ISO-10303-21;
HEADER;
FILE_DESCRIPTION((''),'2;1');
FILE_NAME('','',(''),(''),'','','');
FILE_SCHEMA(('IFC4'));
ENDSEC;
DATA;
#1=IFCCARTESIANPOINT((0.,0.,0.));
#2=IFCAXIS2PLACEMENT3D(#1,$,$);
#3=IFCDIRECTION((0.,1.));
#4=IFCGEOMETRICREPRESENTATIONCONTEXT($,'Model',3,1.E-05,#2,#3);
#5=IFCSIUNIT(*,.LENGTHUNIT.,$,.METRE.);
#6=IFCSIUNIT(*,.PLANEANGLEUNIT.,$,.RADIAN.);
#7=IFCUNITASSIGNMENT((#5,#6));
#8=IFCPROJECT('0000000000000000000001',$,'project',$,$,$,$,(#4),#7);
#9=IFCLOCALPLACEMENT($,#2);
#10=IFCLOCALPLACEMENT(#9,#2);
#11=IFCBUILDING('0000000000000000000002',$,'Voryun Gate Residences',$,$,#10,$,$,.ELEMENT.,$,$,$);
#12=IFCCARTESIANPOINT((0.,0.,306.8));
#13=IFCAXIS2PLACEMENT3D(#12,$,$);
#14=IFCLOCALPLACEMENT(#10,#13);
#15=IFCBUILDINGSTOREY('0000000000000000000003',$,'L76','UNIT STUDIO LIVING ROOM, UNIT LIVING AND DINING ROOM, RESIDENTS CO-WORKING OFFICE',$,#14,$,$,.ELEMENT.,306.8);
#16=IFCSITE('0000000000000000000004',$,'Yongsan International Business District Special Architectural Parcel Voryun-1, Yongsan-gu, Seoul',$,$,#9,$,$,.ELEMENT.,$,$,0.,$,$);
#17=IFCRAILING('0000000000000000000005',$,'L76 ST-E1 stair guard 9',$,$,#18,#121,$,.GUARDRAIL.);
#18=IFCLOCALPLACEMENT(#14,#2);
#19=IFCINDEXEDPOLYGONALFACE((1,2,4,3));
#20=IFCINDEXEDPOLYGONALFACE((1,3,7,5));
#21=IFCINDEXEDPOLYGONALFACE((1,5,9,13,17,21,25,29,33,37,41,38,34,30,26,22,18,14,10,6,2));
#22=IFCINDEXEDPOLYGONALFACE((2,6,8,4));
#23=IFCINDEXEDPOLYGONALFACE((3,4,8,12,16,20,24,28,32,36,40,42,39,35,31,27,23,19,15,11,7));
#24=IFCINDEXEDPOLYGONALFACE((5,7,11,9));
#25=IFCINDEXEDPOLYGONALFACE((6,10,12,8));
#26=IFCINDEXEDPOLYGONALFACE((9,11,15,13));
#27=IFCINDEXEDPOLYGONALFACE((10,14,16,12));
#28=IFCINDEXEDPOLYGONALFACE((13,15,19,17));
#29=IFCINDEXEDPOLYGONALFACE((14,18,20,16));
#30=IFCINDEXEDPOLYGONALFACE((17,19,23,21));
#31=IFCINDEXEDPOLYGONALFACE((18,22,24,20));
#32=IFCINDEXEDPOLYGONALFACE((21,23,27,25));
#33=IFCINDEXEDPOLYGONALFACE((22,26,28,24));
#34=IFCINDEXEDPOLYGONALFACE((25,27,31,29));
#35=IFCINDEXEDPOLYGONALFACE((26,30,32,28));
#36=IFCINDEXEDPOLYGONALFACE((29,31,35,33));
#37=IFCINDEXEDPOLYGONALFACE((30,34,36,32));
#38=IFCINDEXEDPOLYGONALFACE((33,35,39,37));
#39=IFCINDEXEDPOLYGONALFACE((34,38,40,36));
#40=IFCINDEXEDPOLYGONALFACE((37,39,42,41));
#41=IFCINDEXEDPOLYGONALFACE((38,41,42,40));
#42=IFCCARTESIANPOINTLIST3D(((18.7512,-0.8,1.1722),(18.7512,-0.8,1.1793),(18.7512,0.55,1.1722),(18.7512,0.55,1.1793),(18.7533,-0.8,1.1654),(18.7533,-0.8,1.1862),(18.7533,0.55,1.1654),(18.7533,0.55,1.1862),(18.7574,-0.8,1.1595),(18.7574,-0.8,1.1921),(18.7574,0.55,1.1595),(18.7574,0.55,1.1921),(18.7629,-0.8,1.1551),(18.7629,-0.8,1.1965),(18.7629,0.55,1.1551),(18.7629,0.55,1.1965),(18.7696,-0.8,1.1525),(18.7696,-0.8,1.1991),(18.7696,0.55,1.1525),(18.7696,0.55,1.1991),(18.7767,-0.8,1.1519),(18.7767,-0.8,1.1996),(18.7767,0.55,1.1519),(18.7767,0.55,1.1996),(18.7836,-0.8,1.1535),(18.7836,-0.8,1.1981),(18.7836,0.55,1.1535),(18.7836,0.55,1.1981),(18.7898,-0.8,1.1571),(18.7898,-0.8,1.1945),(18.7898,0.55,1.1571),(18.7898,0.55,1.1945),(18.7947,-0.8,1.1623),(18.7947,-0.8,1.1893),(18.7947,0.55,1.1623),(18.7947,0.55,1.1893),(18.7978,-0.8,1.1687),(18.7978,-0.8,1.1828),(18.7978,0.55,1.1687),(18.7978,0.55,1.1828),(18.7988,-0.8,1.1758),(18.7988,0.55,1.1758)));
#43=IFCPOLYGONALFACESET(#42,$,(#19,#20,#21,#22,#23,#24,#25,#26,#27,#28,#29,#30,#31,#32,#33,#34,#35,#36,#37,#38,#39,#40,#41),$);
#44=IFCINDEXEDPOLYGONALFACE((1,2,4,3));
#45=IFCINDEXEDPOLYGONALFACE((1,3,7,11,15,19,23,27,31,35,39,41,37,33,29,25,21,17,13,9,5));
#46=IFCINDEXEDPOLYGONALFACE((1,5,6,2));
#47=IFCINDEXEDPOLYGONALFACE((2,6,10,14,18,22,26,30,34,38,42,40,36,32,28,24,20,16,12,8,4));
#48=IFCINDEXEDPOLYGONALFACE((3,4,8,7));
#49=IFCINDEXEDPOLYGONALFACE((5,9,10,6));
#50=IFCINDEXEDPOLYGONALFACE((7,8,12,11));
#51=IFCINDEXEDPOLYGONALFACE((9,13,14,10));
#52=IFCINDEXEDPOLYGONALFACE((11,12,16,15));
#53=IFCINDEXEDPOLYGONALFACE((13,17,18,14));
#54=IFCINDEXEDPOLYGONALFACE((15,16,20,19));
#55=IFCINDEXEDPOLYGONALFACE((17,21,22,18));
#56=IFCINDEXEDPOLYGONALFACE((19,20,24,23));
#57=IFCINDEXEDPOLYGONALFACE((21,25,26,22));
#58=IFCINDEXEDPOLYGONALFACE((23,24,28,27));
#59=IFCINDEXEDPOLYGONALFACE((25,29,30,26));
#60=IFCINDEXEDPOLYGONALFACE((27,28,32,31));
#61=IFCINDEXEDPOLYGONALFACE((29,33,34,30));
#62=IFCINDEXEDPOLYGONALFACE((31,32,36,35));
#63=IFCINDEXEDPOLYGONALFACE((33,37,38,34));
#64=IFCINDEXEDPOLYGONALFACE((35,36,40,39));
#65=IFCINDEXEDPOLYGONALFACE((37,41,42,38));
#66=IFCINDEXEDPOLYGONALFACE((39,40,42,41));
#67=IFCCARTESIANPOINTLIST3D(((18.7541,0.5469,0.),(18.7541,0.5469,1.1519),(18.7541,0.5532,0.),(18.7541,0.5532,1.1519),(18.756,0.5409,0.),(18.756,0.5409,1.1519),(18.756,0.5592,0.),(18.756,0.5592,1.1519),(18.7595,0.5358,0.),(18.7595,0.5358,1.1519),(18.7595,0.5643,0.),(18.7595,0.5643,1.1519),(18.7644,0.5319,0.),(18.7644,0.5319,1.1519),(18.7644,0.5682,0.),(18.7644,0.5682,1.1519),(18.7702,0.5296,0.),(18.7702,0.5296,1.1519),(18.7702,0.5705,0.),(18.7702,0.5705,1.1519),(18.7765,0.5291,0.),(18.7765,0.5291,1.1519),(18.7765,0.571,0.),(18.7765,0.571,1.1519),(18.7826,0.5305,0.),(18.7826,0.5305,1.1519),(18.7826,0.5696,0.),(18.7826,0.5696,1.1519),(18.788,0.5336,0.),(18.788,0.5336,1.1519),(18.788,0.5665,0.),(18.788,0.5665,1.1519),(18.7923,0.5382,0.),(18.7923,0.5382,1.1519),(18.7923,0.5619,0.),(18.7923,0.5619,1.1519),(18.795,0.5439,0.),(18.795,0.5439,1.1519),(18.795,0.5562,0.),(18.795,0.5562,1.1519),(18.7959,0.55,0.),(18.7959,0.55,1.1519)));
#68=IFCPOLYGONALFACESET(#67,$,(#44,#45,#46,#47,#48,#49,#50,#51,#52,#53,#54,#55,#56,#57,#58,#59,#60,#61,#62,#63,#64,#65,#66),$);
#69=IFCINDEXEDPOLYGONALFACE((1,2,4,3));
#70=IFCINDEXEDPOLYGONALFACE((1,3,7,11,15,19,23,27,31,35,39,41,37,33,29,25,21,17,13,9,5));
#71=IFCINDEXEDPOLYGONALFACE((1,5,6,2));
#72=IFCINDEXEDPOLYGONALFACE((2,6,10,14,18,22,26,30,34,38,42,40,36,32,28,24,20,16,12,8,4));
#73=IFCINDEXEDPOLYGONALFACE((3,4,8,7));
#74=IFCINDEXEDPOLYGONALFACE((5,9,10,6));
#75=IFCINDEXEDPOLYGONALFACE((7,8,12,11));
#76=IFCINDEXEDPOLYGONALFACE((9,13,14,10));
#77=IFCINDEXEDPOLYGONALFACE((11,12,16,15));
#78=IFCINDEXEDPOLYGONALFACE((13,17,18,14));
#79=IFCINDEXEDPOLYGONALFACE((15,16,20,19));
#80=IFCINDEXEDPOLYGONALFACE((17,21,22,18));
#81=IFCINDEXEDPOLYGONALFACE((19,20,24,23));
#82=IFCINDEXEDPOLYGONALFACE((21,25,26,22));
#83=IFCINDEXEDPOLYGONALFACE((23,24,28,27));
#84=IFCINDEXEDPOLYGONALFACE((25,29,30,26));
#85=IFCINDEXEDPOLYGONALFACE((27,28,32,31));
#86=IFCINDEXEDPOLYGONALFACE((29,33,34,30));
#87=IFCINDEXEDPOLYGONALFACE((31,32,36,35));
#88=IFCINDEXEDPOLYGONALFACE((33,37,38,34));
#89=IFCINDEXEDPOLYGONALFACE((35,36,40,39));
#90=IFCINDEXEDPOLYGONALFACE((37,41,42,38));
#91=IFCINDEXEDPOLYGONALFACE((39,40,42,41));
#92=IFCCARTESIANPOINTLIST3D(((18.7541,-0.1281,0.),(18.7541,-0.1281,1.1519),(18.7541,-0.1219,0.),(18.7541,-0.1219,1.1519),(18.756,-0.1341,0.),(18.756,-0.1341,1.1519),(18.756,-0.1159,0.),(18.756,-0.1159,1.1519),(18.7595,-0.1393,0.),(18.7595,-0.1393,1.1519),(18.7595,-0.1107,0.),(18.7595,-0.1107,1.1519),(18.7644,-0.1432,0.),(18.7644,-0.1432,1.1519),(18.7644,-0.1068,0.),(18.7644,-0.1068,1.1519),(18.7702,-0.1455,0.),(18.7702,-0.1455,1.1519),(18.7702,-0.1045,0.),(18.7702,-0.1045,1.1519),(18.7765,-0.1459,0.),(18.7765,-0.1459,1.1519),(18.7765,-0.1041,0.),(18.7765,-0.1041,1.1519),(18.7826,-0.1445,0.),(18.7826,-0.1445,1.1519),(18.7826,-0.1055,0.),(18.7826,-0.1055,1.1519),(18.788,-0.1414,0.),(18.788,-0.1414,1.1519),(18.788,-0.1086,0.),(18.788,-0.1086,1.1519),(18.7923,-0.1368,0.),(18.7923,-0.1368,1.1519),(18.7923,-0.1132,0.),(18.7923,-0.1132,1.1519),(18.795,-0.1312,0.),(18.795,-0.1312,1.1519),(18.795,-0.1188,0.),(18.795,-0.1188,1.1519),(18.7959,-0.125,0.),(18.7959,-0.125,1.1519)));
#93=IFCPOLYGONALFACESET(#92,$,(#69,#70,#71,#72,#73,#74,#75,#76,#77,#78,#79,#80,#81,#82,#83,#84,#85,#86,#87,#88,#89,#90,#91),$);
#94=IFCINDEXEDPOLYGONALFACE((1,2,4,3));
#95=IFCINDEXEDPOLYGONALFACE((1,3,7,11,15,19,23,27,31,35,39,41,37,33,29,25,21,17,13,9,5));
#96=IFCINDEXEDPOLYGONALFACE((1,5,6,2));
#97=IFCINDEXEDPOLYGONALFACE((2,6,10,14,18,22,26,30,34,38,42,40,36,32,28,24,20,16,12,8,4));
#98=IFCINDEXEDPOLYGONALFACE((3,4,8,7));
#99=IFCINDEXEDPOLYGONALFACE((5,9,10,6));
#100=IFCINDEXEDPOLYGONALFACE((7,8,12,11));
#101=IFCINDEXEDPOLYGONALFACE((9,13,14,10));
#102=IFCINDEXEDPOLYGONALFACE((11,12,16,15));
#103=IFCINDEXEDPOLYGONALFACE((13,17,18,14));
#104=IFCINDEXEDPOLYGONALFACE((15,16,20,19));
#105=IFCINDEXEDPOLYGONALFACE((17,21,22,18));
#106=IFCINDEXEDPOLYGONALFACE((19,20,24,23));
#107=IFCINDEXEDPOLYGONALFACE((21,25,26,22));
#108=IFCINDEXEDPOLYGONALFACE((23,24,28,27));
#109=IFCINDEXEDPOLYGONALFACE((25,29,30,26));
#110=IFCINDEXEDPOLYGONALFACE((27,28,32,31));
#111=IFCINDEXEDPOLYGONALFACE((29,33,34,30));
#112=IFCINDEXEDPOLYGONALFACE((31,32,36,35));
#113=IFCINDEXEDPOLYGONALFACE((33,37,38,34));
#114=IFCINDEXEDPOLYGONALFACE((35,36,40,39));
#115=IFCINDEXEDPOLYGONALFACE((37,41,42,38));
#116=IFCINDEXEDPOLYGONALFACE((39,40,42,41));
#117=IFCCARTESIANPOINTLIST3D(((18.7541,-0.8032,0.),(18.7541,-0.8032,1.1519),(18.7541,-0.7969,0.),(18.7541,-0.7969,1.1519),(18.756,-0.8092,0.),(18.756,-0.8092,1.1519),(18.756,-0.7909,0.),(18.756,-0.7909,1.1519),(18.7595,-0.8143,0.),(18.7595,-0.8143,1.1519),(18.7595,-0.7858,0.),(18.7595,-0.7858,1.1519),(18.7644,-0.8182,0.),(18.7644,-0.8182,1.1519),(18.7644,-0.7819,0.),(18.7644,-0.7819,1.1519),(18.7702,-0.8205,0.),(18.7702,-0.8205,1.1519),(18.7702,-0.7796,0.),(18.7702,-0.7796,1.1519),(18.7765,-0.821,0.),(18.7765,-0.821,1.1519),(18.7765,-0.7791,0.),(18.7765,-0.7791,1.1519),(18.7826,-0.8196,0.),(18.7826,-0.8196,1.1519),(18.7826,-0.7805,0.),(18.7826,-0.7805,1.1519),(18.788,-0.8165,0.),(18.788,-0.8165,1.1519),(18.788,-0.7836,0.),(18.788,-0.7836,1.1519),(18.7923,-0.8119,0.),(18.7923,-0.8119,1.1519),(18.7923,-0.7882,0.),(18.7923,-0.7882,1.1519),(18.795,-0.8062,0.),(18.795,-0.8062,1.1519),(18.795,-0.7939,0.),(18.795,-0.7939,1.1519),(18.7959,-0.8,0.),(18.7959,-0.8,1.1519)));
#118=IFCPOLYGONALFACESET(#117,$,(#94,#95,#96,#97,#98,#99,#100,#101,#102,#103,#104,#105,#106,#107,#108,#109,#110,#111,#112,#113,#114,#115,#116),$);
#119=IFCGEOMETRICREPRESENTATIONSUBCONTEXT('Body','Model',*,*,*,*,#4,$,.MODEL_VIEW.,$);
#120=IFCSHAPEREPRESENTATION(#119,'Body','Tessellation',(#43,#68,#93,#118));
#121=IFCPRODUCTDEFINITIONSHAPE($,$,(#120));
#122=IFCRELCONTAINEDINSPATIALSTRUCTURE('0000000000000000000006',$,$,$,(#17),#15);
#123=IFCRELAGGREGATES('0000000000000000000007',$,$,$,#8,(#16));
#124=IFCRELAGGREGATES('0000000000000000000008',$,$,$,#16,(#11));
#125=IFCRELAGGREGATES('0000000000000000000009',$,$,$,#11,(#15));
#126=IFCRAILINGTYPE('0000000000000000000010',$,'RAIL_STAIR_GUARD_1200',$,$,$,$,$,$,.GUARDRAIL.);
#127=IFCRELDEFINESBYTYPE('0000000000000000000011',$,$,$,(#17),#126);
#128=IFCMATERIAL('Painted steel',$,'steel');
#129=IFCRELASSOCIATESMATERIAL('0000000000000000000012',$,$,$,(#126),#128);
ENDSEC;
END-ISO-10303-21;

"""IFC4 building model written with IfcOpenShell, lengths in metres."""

from ifc_helpers import new_model, si_unit, direction, frame, origin, origin_2d, place, context, subcontext, project, spatial, circle, extrude, material, type_object, element, save


model = new_model("IFC4")

# Units and contexts
model_context = context("Model", 3, precision=1e-05, world=origin(), true_north=direction((0.0, 1.0)))
body_context = subcontext(model_context, "Body", "Model", "MODEL_VIEW")
ifc_project = project(units=[si_unit("LENGTHUNIT", "METRE"), si_unit("PLANEANGLEUNIT", "RADIAN")], contexts=[model_context])

# Site, building, storey
site_placement = place(None, origin())
site = spatial("IfcSite", under=ifc_project, at=site_placement, Name="Yongsan International Business District Special Architectural Parcel Voryun-1, Yongsan-gu, Seoul", CompositionType="ELEMENT", RefElevation=0.0)
building_placement = place(site_placement, origin())
building = spatial("IfcBuilding", under=site, at=building_placement, Name="Voryun Gate Residences", CompositionType="ELEMENT")
storey_placement = place(building_placement, frame((0.0, 0.0, 306.8)))
storey = spatial("IfcBuildingStorey", under=building, at=storey_placement, Name="L76", Description="UNIT STUDIO LIVING ROOM, UNIT LIVING AND DINING ROOM, RESIDENTS CO-WORKING OFFICE", CompositionType="ELEMENT", Elevation=306.8)

# Railing
ifc_material_1 = material(Name="Painted steel", Category="steel")
railing_type = type_object("IfcRailingType", Name="RAIL_STAIR_GUARD_1200", PredefinedType="GUARDRAIL", material=ifc_material_1)
for number, where, name in (
    (1, (18.7749, 0.55, 0.0), "L76 ST-E1 stair guard 9"),
):
    element("IfcRailing", number, at=place(storey_placement, frame(where)), inside=storey, type_object=railing_type, Name=name, PredefinedType="GUARDRAIL", context=body_context, shape_type="SweptSolid", body=[
        extrude(circle(Radius=0.0239, at=origin_2d()), frame((0.0, 0.0, 1.1758), z_axis=(0.0, -1.0, 0.0), x_axis=(1.0, 0.0, 0.0)), (0.0, 0.0, 1.0), 1.3501),
        extrude(circle(Radius=0.021, at=origin_2d()), origin(), (0.0, 0.0, 1.0), 1.1519),
        extrude(circle(Radius=0.021, at=origin_2d()), frame((0.0, -0.675, 0.0)), (0.0, 0.0, 1.0), 1.1519),
        extrude(circle(Radius=0.021, at=origin_2d()), frame((0.0, -1.3501, 0.0)), (0.0, 0.0, 1.0), 1.1519),
    ])

save(model, "model.ifc")
